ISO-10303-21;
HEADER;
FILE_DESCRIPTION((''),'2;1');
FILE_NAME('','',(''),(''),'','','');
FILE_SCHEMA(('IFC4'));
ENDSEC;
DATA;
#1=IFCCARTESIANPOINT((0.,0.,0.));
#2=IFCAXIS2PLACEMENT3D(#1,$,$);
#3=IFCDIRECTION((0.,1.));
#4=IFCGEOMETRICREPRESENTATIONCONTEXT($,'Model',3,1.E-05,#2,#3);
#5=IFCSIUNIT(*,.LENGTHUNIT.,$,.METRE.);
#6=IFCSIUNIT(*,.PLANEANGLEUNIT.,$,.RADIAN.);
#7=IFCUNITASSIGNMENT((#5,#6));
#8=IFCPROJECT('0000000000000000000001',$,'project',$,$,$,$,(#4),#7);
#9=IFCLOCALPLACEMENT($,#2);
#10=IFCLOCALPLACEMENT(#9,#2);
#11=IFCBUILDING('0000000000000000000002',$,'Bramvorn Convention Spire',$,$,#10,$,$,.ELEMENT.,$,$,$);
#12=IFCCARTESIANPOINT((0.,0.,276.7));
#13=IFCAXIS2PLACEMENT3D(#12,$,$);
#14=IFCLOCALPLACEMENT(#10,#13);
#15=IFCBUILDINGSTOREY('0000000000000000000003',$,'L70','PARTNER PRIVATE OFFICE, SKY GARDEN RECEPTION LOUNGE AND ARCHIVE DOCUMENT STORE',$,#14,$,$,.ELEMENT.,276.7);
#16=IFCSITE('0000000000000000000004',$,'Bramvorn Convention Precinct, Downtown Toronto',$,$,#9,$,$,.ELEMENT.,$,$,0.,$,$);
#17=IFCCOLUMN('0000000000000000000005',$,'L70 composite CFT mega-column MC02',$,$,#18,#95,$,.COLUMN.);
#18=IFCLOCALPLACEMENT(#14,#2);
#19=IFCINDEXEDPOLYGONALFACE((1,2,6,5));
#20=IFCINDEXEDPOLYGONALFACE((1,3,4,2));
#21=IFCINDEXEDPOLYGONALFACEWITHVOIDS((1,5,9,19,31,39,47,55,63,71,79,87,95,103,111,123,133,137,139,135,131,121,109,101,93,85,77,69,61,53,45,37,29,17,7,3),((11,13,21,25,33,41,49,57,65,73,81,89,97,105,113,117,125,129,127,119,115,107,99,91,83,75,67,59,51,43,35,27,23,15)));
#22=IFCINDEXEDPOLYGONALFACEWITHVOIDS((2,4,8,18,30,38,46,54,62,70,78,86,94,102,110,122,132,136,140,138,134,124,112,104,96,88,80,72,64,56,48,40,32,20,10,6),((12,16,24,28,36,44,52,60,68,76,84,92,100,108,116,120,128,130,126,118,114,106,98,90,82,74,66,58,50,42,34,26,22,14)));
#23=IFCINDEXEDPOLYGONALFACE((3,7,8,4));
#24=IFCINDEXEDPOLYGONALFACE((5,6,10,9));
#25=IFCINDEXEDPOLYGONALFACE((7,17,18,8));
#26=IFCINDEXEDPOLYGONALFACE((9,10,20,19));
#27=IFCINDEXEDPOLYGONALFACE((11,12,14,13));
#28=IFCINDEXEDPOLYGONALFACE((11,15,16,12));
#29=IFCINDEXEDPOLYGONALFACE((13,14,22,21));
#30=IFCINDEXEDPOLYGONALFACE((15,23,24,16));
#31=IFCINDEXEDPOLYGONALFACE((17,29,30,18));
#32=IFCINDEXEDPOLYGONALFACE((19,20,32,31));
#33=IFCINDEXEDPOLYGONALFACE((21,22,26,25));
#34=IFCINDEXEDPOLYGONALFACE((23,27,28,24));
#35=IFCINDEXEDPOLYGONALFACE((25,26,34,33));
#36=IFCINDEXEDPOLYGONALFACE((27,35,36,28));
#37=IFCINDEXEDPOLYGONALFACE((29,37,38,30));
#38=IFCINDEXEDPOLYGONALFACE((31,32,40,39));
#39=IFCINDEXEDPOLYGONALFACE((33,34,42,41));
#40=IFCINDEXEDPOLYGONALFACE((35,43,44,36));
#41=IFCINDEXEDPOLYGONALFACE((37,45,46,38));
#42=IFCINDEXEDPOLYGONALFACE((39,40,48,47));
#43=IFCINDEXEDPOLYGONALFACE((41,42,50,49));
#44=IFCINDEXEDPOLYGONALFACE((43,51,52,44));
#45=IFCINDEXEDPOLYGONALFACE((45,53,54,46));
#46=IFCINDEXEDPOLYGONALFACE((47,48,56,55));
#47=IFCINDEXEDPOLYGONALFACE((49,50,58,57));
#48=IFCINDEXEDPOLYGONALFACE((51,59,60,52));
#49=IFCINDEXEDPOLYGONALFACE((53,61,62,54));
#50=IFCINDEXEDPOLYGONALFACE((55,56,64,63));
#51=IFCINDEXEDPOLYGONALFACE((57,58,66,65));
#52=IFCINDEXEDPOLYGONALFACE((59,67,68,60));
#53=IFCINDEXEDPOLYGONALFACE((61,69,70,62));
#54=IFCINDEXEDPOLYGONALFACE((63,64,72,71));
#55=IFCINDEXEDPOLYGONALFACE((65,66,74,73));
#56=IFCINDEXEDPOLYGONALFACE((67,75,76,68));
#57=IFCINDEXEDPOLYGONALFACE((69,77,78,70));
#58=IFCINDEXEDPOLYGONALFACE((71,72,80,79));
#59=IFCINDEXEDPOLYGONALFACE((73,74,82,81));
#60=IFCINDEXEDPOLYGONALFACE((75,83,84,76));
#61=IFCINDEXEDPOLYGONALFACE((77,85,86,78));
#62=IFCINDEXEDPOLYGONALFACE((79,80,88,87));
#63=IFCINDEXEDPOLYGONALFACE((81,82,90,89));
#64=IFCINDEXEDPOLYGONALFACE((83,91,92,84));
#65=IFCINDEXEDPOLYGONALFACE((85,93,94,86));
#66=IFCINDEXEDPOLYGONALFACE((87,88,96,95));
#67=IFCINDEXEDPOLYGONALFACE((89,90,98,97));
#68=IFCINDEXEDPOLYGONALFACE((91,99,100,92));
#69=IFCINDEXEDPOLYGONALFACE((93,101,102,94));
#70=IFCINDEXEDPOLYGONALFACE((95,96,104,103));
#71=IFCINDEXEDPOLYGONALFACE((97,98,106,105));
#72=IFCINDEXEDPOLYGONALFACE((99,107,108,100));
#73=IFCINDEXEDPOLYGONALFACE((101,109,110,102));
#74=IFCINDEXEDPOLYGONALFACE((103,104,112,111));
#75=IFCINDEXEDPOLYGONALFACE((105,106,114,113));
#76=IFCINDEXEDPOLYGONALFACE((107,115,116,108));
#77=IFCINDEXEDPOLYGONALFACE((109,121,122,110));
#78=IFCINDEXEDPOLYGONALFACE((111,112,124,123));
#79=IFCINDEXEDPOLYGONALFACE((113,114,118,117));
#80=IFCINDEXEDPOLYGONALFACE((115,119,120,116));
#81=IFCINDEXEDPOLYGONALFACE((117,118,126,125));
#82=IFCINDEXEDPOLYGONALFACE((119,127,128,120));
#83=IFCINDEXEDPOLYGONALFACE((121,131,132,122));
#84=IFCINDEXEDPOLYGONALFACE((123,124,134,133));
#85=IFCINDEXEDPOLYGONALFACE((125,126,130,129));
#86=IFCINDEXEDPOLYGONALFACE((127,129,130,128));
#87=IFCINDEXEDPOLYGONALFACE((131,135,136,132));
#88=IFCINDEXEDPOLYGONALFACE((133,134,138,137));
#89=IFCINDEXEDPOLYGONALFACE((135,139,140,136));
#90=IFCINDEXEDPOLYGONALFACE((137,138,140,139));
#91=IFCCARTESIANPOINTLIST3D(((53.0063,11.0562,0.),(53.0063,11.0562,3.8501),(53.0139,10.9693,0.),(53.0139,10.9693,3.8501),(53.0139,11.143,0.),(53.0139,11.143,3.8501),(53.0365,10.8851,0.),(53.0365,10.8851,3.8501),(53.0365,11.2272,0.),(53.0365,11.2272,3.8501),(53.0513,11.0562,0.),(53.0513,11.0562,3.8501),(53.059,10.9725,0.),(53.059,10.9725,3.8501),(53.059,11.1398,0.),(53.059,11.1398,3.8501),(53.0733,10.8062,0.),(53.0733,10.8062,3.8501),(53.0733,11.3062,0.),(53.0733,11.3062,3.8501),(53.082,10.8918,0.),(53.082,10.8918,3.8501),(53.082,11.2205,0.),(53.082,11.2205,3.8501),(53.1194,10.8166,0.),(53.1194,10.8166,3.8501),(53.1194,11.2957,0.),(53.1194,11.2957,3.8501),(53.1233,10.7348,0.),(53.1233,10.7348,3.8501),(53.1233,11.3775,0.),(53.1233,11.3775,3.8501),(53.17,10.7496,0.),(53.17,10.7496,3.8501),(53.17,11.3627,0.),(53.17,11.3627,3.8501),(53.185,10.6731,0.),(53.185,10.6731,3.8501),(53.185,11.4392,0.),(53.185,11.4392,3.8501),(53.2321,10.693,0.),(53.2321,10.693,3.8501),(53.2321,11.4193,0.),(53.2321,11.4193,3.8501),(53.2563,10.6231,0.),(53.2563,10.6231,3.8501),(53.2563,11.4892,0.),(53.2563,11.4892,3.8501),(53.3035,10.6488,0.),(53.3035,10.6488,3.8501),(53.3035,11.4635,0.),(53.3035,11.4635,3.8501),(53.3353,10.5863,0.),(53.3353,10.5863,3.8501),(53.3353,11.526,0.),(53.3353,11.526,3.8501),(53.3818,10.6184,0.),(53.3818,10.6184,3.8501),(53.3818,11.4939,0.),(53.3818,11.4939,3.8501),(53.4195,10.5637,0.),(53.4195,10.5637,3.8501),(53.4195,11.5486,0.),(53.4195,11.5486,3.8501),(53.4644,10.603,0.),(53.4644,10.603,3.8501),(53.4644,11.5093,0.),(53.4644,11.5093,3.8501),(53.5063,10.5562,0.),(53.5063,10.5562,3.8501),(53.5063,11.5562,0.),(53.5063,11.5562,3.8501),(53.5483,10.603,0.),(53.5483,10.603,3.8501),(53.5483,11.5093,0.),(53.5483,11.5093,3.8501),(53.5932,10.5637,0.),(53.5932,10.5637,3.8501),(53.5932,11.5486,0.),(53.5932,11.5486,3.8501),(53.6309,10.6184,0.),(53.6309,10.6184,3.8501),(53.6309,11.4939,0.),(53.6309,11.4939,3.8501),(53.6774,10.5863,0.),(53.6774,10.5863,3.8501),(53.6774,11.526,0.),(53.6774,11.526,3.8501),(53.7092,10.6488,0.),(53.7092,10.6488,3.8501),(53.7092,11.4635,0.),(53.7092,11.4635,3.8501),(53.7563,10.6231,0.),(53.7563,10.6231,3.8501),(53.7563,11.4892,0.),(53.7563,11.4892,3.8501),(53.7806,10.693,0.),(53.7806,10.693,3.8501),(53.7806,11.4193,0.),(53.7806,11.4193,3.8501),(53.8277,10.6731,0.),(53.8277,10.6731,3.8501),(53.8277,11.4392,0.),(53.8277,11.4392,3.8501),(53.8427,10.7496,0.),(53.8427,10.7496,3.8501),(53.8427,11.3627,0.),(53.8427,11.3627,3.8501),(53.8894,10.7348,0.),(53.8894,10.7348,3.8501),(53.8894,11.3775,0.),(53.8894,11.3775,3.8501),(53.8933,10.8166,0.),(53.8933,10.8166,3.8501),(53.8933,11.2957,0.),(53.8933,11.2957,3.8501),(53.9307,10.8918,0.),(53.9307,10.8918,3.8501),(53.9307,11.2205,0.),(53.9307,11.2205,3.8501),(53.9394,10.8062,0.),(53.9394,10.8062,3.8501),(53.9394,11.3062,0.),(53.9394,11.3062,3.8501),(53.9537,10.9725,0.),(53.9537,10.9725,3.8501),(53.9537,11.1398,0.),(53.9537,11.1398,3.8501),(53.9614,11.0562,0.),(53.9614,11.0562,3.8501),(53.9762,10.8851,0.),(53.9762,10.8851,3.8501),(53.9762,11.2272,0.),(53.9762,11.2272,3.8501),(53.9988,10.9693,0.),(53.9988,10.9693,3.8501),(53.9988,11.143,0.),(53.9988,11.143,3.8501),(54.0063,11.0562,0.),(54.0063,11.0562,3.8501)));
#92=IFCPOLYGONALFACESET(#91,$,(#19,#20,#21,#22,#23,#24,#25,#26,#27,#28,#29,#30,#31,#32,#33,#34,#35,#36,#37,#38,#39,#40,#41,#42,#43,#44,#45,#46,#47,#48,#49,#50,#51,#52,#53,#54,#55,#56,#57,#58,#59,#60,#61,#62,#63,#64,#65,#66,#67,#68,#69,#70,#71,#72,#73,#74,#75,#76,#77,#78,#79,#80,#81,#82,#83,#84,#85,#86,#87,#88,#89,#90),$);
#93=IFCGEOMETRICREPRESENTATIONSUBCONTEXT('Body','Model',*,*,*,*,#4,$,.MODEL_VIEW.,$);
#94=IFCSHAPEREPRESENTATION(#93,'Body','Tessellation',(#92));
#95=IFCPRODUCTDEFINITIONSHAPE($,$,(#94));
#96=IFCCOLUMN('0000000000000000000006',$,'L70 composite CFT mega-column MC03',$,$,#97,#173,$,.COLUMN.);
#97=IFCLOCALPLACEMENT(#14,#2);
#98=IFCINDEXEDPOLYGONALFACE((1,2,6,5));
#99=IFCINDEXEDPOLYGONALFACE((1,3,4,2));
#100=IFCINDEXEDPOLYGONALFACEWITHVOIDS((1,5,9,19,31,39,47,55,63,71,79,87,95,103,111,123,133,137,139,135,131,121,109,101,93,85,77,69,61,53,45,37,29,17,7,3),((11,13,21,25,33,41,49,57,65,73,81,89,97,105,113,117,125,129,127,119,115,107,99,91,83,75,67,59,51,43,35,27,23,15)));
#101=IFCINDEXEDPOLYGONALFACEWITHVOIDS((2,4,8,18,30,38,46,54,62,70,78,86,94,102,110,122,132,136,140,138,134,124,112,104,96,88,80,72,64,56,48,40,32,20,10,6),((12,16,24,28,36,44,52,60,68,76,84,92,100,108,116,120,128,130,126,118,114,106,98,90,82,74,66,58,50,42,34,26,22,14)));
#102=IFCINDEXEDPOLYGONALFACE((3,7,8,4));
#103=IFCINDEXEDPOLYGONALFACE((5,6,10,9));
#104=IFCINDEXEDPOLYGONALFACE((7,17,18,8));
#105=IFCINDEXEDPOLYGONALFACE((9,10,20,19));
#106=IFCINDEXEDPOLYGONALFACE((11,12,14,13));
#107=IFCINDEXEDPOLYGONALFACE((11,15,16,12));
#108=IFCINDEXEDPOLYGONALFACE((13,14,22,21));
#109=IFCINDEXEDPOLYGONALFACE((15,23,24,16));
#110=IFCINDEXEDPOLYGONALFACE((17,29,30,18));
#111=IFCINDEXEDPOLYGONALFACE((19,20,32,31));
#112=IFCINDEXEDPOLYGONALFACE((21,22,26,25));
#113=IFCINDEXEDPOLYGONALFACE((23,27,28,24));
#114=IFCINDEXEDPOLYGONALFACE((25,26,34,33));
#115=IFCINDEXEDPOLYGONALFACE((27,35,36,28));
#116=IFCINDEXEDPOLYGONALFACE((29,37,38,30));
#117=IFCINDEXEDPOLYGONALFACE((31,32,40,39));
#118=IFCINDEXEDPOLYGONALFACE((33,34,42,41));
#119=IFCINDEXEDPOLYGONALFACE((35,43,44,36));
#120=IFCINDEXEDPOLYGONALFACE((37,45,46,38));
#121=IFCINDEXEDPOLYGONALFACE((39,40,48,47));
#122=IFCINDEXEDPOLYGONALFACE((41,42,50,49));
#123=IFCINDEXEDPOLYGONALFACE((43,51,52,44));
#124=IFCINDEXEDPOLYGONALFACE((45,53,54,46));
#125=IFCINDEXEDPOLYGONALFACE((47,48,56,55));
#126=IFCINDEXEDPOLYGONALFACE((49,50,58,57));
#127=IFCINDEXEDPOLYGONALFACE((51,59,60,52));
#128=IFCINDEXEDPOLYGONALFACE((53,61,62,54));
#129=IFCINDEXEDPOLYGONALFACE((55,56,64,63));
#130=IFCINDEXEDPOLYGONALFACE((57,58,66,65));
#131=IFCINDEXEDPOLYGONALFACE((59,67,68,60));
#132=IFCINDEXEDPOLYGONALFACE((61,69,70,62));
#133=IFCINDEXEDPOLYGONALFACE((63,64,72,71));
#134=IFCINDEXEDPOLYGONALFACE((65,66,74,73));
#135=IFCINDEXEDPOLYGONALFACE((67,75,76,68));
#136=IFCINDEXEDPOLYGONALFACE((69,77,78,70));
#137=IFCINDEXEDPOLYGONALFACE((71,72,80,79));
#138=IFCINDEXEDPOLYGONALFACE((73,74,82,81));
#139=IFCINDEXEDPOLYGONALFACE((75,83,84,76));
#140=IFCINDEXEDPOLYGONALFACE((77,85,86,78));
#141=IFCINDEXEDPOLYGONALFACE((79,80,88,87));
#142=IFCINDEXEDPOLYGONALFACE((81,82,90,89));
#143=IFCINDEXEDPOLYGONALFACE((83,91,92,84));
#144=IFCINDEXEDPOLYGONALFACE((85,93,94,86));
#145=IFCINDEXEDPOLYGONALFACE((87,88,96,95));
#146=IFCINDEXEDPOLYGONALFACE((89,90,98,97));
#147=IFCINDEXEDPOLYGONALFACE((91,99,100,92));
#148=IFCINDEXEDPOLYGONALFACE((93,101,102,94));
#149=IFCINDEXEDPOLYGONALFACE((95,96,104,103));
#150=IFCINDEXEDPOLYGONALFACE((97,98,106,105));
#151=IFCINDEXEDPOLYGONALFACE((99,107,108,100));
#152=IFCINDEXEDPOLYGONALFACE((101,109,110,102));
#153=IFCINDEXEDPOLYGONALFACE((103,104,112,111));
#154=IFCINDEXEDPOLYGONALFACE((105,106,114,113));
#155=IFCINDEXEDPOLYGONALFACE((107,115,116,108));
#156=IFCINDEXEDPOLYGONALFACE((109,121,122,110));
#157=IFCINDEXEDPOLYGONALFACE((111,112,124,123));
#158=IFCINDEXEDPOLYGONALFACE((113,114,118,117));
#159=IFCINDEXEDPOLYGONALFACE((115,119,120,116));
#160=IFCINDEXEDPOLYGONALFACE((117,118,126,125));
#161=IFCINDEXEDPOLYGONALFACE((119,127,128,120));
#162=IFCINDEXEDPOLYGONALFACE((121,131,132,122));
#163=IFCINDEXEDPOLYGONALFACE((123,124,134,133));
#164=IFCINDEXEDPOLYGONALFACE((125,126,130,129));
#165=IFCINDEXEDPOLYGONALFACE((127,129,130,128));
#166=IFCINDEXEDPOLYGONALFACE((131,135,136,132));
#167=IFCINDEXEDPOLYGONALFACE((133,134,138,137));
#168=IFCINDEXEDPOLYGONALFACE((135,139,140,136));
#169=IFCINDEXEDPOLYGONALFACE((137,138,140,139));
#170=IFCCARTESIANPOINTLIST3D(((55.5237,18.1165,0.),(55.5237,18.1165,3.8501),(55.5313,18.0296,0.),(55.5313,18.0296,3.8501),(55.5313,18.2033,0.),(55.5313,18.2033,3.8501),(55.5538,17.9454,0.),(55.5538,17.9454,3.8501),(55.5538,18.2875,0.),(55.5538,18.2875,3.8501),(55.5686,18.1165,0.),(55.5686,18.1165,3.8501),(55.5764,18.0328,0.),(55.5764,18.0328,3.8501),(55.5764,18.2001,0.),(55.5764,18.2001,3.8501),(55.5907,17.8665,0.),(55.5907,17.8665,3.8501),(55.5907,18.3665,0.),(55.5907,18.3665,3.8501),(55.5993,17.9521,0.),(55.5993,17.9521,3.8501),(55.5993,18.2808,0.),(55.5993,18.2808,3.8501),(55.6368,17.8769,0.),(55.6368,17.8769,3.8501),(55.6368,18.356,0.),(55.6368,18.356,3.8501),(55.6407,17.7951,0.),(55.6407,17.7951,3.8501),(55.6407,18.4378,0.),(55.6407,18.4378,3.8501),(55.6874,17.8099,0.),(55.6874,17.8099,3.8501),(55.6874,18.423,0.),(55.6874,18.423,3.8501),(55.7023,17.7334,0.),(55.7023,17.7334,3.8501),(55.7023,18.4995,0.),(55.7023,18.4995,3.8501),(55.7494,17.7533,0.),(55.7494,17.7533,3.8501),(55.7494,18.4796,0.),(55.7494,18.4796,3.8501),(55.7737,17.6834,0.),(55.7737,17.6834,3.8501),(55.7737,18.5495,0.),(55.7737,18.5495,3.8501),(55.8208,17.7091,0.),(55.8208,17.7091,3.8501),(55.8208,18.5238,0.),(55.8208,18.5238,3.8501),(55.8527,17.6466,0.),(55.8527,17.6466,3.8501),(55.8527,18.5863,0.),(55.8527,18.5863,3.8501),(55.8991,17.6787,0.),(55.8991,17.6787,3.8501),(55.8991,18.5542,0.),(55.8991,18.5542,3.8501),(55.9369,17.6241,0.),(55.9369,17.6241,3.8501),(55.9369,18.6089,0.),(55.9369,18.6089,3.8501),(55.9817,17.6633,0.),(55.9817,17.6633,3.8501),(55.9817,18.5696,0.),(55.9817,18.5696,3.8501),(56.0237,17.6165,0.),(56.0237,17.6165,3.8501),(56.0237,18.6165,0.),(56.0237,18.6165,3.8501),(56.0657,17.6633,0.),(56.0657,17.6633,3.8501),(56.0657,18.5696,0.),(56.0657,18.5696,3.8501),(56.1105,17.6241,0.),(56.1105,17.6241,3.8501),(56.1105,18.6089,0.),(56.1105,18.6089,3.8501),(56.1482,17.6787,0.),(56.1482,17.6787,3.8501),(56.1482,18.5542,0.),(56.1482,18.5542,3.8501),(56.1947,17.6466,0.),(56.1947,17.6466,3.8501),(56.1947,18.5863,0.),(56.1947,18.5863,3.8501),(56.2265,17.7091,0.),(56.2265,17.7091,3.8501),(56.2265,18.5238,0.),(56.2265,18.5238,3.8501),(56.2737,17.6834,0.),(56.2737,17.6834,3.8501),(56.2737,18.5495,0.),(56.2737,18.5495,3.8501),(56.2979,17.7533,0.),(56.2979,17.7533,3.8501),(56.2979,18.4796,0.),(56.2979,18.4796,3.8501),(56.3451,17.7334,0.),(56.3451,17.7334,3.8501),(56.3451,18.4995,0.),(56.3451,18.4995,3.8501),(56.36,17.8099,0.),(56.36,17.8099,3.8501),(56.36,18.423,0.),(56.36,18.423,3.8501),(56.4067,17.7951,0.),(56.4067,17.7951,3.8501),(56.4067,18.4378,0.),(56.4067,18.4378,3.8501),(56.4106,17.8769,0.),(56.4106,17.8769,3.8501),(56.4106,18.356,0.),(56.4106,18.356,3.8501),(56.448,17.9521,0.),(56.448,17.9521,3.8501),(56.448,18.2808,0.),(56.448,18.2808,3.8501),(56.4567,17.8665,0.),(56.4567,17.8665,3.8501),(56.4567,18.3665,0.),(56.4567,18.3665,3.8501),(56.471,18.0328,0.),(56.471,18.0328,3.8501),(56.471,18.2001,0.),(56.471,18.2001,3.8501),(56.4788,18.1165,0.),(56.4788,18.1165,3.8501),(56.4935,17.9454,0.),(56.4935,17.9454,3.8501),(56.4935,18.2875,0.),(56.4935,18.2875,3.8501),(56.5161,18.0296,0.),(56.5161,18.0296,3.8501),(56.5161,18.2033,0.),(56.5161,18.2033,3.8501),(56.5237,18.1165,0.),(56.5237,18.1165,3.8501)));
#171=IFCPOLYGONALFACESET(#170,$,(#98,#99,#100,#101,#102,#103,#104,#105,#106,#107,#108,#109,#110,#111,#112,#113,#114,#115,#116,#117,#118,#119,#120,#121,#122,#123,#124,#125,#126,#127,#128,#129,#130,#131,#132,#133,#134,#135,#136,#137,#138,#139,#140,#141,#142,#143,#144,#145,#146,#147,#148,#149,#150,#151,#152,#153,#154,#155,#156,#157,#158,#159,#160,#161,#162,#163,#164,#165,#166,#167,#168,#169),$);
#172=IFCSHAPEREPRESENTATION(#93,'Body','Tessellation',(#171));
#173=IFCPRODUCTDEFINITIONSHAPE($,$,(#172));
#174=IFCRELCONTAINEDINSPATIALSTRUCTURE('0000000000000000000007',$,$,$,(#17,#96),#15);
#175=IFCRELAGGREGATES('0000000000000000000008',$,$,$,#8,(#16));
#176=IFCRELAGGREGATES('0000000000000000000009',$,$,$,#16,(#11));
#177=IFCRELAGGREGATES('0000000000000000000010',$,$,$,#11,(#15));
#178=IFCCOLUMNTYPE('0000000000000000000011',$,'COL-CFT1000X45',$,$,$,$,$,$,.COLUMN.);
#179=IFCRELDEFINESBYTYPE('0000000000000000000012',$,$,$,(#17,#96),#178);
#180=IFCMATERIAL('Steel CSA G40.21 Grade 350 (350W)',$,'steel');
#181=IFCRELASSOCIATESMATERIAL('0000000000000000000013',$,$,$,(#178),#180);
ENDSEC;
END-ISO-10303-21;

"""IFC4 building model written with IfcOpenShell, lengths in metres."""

from ifc_helpers import new_model, si_unit, direction, frame, origin, origin_2d, place, context, subcontext, project, spatial, hollow_circle, extrude, material, material_profile, profile_set, type_object, element, save


model = new_model("IFC4")

# Units and contexts
model_context = context("Model", 3, precision=1e-05, world=origin(), true_north=direction((0.0, 1.0)))
body_context = subcontext(model_context, "Body", "Model", "MODEL_VIEW")
ifc_project = project(units=[si_unit("LENGTHUNIT", "METRE"), si_unit("PLANEANGLEUNIT", "RADIAN")], contexts=[model_context])

# Site, building, storey
site_placement = place(None, origin())
site = spatial("IfcSite", under=ifc_project, at=site_placement, Name="Bramvorn Convention Precinct, Downtown Toronto", CompositionType="ELEMENT", RefElevation=0.0)
building_placement = place(site_placement, origin())
building = spatial("IfcBuilding", under=site, at=building_placement, Name="Bramvorn Convention Spire", CompositionType="ELEMENT")
storey_placement = place(building_placement, frame((0.0, 0.0, 276.7)))
storey = spatial("IfcBuildingStorey", under=building, at=storey_placement, Name="L70", Description="PARTNER PRIVATE OFFICE, SKY GARDEN RECEPTION LOUNGE AND ARCHIVE DOCUMENT STORE", CompositionType="ELEMENT", Elevation=276.7)

# Columns
ifc_material_1 = material(Name="Steel CSA G40.21 Grade 350 (350W)", Category="steel")
ifc_material_profile_1 = material_profile(ifc_material_1, hollow_circle(Radius=0.5, WallThickness=0.0449, at=origin_2d()))
ifc_profile_set_1 = profile_set([ifc_material_profile_1], Name="Steel CSA G40.21 Grade 350 (350W) - CFT1000X45")
column_type = type_object("IfcColumnType", Name="COL-CFT1000X45", PredefinedType="COLUMN", material=ifc_profile_set_1)
for number, where, z_axis, x_axis, name in (
    (1, (53.5063, 11.0562, 0.0), (0.0, 0.0, 1.0), (1.0, 0.0, 0.0), "L70 composite CFT mega-column MC02"),
    (2, (56.0237, 18.1165, 0.0), (0.0, 0.0, 1.0), (1.0, 0.0, 0.0), "L70 composite CFT mega-column MC03"),
):
    element("IfcColumn", number, at=place(storey_placement, frame(where, z_axis=z_axis, x_axis=x_axis)), inside=storey, type_object=column_type, Name=name, PredefinedType="COLUMN", context=body_context, shape_type="SweptSolid", body=[
        extrude(hollow_circle(Radius=0.5, WallThickness=0.0449, at=origin_2d()), origin(), (0.0, 0.0, 1.0), 3.8501),
    ])

save(model, "model.ifc")
